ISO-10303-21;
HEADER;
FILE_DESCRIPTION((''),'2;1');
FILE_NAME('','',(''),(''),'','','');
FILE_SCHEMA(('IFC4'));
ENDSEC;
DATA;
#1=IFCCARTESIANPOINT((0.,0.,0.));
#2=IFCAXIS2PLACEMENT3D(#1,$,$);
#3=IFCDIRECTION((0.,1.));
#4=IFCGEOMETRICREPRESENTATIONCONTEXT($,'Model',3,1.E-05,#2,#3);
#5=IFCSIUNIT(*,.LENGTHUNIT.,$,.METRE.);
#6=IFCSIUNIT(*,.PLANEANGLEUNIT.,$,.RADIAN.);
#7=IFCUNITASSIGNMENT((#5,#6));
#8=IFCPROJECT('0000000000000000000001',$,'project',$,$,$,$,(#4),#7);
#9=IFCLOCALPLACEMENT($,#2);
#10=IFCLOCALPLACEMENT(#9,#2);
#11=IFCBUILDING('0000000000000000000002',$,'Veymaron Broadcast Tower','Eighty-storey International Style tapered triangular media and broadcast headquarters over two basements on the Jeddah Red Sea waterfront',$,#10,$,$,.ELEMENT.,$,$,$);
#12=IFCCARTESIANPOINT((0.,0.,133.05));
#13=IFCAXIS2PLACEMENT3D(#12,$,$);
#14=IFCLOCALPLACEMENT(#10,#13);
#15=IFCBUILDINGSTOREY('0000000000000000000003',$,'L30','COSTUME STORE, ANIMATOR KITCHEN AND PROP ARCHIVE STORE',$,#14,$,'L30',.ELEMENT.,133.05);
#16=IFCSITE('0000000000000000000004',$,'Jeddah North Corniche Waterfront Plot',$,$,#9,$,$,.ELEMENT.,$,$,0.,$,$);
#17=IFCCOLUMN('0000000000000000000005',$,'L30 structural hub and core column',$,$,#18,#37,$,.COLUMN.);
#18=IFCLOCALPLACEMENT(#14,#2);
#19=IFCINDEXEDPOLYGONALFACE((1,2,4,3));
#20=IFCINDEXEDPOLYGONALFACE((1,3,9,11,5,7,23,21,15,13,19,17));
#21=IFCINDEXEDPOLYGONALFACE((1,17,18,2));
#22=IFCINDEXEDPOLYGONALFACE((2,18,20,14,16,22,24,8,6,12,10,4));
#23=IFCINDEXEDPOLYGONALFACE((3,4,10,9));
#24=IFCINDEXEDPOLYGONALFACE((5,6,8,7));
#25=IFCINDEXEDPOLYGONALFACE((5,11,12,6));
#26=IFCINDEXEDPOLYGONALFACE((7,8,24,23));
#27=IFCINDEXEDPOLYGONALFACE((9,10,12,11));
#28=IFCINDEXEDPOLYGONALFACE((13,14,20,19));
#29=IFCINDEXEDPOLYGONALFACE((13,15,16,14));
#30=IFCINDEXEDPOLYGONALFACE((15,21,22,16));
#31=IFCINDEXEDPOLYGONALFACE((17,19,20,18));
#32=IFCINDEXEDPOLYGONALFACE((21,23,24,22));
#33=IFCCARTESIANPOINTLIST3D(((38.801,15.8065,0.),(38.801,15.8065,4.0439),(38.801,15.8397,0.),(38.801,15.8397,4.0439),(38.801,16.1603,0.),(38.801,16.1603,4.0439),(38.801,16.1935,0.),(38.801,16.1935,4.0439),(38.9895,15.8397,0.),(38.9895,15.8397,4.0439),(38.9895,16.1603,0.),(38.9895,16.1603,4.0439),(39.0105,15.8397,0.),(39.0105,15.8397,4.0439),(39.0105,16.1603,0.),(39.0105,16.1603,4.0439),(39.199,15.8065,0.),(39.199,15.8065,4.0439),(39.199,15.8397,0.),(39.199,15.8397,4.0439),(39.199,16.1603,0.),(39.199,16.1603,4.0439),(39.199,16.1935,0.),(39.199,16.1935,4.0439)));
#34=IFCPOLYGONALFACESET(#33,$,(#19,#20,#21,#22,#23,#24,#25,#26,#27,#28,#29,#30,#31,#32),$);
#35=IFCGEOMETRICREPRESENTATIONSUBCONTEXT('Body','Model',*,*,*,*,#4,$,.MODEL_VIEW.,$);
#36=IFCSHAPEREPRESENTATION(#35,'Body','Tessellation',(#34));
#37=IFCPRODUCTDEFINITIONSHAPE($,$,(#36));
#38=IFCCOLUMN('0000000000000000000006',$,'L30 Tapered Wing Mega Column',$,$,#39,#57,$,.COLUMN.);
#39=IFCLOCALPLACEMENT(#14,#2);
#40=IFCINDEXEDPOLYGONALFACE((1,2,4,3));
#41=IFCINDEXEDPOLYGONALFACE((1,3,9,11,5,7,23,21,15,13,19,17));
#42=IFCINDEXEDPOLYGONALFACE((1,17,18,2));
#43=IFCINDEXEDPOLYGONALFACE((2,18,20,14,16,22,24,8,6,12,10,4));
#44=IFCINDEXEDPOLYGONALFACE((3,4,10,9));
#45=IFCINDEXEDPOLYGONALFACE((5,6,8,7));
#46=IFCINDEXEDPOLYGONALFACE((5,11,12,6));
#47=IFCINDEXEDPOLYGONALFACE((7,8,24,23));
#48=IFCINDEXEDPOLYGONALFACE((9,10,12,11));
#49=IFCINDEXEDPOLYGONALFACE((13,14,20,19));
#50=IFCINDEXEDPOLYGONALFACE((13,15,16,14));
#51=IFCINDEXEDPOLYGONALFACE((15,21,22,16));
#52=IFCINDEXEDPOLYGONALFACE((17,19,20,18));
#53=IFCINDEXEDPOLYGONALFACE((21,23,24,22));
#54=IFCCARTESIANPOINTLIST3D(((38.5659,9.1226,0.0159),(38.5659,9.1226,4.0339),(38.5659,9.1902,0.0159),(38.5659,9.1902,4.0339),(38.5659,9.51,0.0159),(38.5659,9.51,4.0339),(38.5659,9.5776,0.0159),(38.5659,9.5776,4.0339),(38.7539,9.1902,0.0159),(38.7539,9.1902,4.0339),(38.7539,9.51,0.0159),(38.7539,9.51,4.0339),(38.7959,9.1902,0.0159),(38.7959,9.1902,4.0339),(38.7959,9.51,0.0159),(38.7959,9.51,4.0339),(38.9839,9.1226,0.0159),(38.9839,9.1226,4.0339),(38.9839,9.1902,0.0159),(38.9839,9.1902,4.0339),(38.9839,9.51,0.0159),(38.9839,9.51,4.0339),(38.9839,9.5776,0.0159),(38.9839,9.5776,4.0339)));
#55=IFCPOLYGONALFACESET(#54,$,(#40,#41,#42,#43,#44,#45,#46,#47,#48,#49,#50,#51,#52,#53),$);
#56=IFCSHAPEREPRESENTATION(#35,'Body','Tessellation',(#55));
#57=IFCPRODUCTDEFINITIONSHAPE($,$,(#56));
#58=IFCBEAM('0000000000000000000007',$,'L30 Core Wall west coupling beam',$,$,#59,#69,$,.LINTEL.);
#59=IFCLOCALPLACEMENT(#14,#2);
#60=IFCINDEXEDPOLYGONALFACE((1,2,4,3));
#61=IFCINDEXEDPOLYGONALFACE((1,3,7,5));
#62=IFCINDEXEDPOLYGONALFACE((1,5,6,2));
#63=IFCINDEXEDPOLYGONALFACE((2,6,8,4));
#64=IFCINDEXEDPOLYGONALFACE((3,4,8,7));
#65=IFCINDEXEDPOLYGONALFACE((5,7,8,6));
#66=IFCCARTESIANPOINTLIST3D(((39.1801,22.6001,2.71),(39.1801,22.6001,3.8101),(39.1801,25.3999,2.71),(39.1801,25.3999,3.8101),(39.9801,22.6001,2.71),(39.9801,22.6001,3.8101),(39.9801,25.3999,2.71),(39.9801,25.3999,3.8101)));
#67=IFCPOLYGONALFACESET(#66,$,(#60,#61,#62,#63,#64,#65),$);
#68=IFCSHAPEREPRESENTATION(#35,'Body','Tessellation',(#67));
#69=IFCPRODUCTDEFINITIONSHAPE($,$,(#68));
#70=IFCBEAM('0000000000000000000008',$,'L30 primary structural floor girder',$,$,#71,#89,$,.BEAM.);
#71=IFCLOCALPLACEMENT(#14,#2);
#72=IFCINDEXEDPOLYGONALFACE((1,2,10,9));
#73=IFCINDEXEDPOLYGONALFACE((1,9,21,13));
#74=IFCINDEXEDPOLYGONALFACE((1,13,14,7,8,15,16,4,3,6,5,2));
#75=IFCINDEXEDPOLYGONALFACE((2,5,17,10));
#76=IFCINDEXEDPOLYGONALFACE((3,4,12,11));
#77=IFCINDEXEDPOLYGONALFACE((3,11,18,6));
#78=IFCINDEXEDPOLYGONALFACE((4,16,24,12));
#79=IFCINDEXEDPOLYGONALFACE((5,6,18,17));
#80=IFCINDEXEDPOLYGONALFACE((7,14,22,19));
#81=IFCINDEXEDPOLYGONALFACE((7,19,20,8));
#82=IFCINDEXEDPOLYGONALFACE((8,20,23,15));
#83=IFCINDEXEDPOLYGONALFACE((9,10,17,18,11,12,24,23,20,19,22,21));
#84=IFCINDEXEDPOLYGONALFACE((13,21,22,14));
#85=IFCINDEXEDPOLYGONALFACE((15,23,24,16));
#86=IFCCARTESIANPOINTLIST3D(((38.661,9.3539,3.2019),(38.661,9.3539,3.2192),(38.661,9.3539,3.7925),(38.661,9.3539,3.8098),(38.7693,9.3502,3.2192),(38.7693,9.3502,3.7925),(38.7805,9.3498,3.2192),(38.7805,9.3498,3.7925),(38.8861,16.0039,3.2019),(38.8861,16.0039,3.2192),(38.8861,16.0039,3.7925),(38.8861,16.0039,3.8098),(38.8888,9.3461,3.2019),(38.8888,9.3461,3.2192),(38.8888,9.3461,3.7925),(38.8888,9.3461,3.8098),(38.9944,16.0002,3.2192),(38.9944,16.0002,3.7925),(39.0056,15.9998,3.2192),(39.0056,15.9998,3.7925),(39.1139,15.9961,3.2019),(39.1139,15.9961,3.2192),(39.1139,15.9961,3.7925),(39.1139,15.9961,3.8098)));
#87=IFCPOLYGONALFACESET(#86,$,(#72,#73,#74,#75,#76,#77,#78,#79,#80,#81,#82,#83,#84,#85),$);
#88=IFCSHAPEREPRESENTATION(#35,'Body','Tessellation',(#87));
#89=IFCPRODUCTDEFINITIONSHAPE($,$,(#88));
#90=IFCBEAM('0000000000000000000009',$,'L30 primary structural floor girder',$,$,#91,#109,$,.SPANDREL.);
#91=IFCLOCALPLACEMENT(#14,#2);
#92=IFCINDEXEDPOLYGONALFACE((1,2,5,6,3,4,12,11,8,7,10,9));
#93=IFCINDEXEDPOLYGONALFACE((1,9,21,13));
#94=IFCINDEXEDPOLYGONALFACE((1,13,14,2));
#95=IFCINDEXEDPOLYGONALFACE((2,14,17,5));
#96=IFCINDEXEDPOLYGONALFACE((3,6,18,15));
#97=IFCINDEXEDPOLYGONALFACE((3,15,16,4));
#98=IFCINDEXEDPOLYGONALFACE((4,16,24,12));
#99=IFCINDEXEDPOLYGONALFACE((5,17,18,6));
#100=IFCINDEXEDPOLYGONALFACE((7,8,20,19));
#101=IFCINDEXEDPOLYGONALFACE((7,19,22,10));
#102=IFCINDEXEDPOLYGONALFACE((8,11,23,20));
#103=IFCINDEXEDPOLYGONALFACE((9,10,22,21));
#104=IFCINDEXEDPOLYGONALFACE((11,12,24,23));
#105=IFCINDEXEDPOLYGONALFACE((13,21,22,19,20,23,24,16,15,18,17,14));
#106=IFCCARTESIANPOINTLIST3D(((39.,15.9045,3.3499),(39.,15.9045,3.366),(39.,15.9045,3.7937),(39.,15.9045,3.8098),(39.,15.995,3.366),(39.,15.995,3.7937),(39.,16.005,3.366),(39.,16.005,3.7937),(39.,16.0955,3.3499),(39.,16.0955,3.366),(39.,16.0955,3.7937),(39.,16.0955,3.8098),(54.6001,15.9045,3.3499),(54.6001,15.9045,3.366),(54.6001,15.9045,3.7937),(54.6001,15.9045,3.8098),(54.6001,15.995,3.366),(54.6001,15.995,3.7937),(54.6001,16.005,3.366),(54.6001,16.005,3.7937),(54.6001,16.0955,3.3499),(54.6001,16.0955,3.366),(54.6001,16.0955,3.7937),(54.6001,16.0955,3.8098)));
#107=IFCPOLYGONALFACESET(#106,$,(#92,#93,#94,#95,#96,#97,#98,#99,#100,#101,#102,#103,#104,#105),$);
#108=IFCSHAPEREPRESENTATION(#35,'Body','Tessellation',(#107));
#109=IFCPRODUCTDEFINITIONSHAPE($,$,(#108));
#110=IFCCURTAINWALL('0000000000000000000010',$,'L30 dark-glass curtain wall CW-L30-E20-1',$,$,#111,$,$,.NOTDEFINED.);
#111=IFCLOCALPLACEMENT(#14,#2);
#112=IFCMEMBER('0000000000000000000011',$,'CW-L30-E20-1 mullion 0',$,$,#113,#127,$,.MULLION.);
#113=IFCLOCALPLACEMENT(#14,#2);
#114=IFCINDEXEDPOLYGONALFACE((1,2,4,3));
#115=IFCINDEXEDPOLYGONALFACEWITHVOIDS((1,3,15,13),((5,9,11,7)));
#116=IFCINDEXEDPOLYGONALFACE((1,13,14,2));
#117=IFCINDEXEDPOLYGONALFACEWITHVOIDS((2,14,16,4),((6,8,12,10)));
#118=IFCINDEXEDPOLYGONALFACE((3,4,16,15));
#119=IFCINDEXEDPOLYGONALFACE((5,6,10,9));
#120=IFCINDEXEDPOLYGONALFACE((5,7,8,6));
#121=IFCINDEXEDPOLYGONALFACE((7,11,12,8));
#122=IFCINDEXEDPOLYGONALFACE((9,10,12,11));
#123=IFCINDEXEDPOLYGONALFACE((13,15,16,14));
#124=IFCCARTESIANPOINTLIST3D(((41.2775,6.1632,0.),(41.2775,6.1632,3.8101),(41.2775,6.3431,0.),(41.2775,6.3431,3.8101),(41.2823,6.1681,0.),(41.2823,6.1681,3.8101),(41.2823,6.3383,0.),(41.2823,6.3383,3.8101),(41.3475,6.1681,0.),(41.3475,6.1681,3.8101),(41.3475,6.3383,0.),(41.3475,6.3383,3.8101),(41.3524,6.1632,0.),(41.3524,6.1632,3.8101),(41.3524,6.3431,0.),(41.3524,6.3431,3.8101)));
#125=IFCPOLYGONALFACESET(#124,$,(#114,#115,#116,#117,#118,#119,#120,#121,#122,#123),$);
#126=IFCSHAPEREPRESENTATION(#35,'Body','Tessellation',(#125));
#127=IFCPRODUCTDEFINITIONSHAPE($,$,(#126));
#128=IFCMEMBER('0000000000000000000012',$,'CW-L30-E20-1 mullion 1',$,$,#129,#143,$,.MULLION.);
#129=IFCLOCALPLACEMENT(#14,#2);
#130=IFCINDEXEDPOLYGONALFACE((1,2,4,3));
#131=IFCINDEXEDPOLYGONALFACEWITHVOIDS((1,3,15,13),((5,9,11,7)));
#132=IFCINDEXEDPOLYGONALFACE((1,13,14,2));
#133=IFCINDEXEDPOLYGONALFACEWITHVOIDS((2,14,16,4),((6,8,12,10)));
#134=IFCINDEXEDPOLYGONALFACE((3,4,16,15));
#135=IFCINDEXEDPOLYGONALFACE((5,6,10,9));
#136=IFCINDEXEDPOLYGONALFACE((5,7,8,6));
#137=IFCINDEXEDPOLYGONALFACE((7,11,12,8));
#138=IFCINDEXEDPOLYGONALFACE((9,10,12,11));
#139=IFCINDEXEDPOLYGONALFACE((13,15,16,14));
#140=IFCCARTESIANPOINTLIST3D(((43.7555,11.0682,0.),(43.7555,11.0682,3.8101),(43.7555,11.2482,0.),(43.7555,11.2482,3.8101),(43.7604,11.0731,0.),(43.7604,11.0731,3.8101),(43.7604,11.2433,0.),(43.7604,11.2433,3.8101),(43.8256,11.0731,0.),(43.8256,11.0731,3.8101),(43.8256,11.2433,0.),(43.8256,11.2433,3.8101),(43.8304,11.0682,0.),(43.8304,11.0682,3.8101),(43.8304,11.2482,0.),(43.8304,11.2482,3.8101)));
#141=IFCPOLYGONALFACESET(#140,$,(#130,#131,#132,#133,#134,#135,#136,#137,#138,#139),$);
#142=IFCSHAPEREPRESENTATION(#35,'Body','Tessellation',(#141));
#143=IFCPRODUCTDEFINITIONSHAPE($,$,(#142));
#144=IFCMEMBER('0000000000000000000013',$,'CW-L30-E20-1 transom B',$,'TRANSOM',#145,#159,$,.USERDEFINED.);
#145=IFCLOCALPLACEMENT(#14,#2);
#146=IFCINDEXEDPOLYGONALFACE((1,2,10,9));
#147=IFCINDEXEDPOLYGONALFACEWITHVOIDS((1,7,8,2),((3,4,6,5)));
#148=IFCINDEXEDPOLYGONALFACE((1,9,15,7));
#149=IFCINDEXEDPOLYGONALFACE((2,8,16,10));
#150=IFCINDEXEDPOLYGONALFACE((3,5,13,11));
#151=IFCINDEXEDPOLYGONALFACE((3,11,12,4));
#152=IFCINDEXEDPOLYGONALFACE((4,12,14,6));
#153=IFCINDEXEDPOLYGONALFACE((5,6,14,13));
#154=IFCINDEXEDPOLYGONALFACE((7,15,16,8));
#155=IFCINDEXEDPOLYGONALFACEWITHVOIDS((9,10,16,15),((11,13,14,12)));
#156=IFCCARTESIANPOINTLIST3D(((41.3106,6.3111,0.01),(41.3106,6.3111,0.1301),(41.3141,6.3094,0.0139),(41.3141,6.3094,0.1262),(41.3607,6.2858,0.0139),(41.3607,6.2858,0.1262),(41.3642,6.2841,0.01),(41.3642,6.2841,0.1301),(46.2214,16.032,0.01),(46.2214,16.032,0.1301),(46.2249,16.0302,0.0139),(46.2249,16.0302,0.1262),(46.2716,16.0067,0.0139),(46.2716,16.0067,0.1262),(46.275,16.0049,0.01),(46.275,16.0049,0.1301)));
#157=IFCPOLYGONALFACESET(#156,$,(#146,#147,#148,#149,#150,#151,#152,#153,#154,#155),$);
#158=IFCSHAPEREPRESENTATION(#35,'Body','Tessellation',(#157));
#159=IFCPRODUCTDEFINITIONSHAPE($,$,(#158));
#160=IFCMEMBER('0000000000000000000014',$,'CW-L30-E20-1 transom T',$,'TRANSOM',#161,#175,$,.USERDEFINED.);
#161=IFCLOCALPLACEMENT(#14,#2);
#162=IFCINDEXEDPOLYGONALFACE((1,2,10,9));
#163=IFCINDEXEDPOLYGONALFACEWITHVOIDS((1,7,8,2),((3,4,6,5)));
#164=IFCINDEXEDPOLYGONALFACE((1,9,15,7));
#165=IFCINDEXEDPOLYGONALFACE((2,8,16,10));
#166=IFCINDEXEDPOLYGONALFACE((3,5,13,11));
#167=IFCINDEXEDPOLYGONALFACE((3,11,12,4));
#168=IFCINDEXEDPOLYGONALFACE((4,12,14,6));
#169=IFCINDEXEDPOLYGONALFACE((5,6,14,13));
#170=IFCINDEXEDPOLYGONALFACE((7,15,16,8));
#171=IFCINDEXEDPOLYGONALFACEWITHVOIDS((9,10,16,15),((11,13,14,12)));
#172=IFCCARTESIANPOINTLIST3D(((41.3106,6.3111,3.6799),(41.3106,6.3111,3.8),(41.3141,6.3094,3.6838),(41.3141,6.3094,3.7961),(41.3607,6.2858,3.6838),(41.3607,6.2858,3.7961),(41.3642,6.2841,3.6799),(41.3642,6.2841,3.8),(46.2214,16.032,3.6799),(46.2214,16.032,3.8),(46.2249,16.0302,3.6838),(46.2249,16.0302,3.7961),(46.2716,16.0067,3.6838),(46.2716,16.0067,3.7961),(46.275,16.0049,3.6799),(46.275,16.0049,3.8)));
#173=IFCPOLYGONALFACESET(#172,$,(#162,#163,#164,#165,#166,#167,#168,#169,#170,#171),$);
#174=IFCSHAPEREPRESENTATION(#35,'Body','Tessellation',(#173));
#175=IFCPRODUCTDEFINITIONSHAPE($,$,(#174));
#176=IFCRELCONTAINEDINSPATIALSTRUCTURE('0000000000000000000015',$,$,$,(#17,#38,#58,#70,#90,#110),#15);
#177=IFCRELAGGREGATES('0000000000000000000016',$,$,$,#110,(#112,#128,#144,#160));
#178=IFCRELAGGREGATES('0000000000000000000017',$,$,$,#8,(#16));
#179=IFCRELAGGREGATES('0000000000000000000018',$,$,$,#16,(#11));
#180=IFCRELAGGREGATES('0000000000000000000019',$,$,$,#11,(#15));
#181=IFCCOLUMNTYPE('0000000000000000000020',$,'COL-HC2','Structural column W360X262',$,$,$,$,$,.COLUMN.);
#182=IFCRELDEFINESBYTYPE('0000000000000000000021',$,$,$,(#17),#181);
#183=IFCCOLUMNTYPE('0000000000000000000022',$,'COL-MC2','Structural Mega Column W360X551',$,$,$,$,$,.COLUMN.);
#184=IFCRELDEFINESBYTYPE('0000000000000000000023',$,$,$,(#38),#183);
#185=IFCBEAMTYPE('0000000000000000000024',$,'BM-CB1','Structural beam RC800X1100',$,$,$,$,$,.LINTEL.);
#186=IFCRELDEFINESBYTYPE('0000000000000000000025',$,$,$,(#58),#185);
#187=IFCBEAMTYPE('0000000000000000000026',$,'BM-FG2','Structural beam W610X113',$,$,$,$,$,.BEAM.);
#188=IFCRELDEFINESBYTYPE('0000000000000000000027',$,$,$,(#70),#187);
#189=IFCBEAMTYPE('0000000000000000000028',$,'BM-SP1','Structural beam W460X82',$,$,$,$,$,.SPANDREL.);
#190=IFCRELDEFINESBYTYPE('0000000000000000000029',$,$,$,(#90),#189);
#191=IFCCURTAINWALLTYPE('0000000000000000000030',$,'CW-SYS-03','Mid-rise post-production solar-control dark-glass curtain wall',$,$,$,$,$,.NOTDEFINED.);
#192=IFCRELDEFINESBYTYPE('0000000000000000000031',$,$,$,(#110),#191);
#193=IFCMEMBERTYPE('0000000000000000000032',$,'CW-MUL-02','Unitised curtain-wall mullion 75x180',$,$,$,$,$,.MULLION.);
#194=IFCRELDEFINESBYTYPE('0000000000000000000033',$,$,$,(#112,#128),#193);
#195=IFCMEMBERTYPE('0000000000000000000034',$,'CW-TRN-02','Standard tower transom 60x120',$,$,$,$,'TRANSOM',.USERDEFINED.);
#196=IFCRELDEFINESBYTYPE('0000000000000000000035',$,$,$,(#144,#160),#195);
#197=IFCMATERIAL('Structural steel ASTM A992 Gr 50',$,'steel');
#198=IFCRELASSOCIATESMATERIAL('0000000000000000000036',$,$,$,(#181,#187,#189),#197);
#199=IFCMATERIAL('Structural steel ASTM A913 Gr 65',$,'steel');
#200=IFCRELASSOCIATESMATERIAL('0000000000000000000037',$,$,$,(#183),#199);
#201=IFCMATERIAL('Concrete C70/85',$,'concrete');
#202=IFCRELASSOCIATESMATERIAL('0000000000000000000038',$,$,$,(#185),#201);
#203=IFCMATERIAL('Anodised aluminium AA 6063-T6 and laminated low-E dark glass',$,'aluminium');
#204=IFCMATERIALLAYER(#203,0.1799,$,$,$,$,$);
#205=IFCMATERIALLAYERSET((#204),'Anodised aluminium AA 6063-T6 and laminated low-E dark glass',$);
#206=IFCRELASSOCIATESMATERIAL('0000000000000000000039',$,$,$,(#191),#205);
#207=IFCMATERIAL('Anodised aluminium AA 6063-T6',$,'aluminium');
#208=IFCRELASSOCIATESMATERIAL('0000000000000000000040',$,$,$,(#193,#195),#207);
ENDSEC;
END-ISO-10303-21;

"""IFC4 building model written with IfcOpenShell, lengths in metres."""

from ifc_helpers import new_model, si_unit, direction, frame, origin, origin_2d, place, context, subcontext, project, spatial, rectangle, hollow_rectangle, i_section, extrude, material, layer, layer_set, material_profile, profile_set, type_object, element, aggregate, save


model = new_model("IFC4")

# Units and contexts
model_context = context("Model", 3, precision=1e-05, world=origin(), true_north=direction((0.0, 1.0)))
body_context = subcontext(model_context, "Body", "Model", "MODEL_VIEW")
ifc_project = project(units=[si_unit("LENGTHUNIT", "METRE"), si_unit("PLANEANGLEUNIT", "RADIAN")], contexts=[model_context])

# Site, building, storey
site_placement = place(None, origin())
site = spatial("IfcSite", under=ifc_project, at=site_placement, Name="Jeddah North Corniche Waterfront Plot", CompositionType="ELEMENT", RefElevation=0.0)
building_placement = place(site_placement, origin())
building = spatial("IfcBuilding", under=site, at=building_placement, Name="Veymaron Broadcast Tower", Description="Eighty-storey International Style tapered triangular media and broadcast headquarters over two basements on the Jeddah Red Sea waterfront", CompositionType="ELEMENT")
storey_placement = place(building_placement, frame((0.0, 0.0, 133.05)))
storey = spatial("IfcBuildingStorey", under=building, at=storey_placement, Name="L30", Description="COSTUME STORE, ANIMATOR KITCHEN AND PROP ARCHIVE STORE", LongName="L30", CompositionType="ELEMENT", Elevation=133.05)

# Columns
ifc_material_1 = material(Name="Structural steel ASTM A992 Gr 50", Category="steel")
ifc_material_profile_1 = material_profile(ifc_material_1, i_section(OverallWidth=0.3979, OverallDepth=0.387, WebThickness=0.021, FlangeThickness=0.0332, at=origin_2d()), Name="W360X262")
ifc_profile_set_1 = profile_set([ifc_material_profile_1], Name="Structural steel ASTM A992 Gr 50")
column_type_1 = type_object("IfcColumnType", Name="COL-HC2", Description="Structural column W360X262", PredefinedType="COLUMN", material=ifc_profile_set_1)
column_1_placement = place(storey_placement, frame((39.0, 16.0, 0.0), z_axis=(0.0, 0.0, 1.0), x_axis=(1.0, 0.0, 0.0)))
element("IfcColumn", 1, at=column_1_placement, inside=storey, type_object=column_type_1, Name="L30 structural hub and core column", PredefinedType="COLUMN", context=body_context, shape_type="SweptSolid", body=[
    extrude(i_section(OverallWidth=0.3979, OverallDepth=0.387, WebThickness=0.021, FlangeThickness=0.0332, at=origin_2d()), origin(), (0.0, 0.0, 1.0), 4.0439),
])
ifc_material_2 = material(Name="Structural steel ASTM A913 Gr 65", Category="steel")
ifc_material_profile_2 = material_profile(ifc_material_2, i_section(OverallWidth=0.418, OverallDepth=0.4551, WebThickness=0.042, FlangeThickness=0.0676, at=origin_2d()), Name="W360X551")
ifc_profile_set_2 = profile_set([ifc_material_profile_2], Name="Structural steel ASTM A913 Gr 65")
column_type_2 = type_object("IfcColumnType", Name="COL-MC2", Description="Structural Mega Column W360X551", PredefinedType="COLUMN", material=ifc_profile_set_2)
column_2_placement = place(storey_placement, frame((38.7749, 9.3501, 0.0159), z_axis=(0.0, 0.0, 1.0), x_axis=(1.0, 0.0, 0.0)))
element("IfcColumn", 2, at=column_2_placement, inside=storey, type_object=column_type_2, Name="L30 Tapered Wing Mega Column", PredefinedType="COLUMN", context=body_context, shape_type="SweptSolid", body=[
    extrude(i_section(OverallWidth=0.418, OverallDepth=0.4551, WebThickness=0.042, FlangeThickness=0.0676, at=origin_2d()), origin(), (0.0, 0.0, 1.0), 4.0181),
])

# Beams
ifc_material_3 = material(Name="Concrete C70/85", Category="concrete")
ifc_material_profile_3 = material_profile(ifc_material_3, rectangle(XDim=0.8, YDim=1.1001, at=origin_2d()), Name="RC800X1100")
ifc_profile_set_3 = profile_set([ifc_material_profile_3], Name="Concrete C70/85")
beam_type_1 = type_object("IfcBeamType", Name="BM-CB1", Description="Structural beam RC800X1100", PredefinedType="LINTEL", material=ifc_profile_set_3)
beam_1_placement = place(storey_placement, frame((39.5801, 22.6001, 3.26), z_axis=(0.0, 1.0, 0.0), x_axis=(-1.0, 0.0, 0.0)))
element("IfcBeam", 3, at=beam_1_placement, inside=storey, type_object=beam_type_1, Name="L30 Core Wall west coupling beam", PredefinedType="LINTEL", context=body_context, shape_type="SweptSolid", body=[
    extrude(rectangle(XDim=0.8, YDim=1.1001, at=origin_2d()), origin(), (0.0, 0.0, 1.0), 2.7998),
])
ifc_material_profile_4 = material_profile(ifc_material_1, i_section(OverallWidth=0.228, OverallDepth=0.6079, WebThickness=0.0112, FlangeThickness=0.0173, at=origin_2d()), Name="W610X113")
ifc_profile_set_4 = profile_set([ifc_material_profile_4], Name="Structural steel ASTM A992 Gr 50")
beam_type_2 = type_object("IfcBeamType", Name="BM-FG2", Description="Structural beam W610X113", PredefinedType="BEAM", material=ifc_profile_set_4)
beam_2_placement = place(storey_placement, frame((39.0, 16.0, 3.5059), z_axis=(-0.03383, -0.999428, 0.0), x_axis=(0.999428, -0.03383, 0.0)))
element("IfcBeam", 4, at=beam_2_placement, inside=storey, type_object=beam_type_2, Name="L30 primary structural floor girder", PredefinedType="BEAM", context=body_context, shape_type="SweptSolid", body=[
    extrude(i_section(OverallWidth=0.228, OverallDepth=0.6079, WebThickness=0.0112, FlangeThickness=0.0173, at=origin_2d()), origin(), (0.0, 0.0, 1.0), 6.6538),
])
ifc_material_profile_5 = material_profile(ifc_material_1, i_section(OverallWidth=0.1909, OverallDepth=0.46, WebThickness=0.01, FlangeThickness=0.0161, at=origin_2d()), Name="W460X82")
ifc_profile_set_5 = profile_set([ifc_material_profile_5], Name="Structural steel ASTM A992 Gr 50")
beam_type_3 = type_object("IfcBeamType", Name="BM-SP1", Description="Structural beam W460X82", PredefinedType="SPANDREL", material=ifc_profile_set_5)
beam_3_placement = place(storey_placement, frame((39.0, 16.0, 3.5798), z_axis=(1.0, 0.0, 0.0), x_axis=(0.0, 1.0, 0.0)))
element("IfcBeam", 5, at=beam_3_placement, inside=storey, type_object=beam_type_3, Name="L30 primary structural floor girder", PredefinedType="SPANDREL", context=body_context, shape_type="SweptSolid", body=[
    extrude(i_section(OverallWidth=0.1909, OverallDepth=0.46, WebThickness=0.01, FlangeThickness=0.0161, at=origin_2d()), origin(), (0.0, 0.0, 1.0), 15.6001),
])

# Curtain wall, members
ifc_material_4 = material(Name="Anodised aluminium AA 6063-T6 and laminated low-E dark glass", Category="aluminium")
ifc_layer_1 = layer(ifc_material_4, 0.1799)
ifc_layer_set_1 = layer_set([ifc_layer_1], Name="Anodised aluminium AA 6063-T6 and laminated low-E dark glass")
curtain_wall_type = type_object("IfcCurtainWallType", Name="CW-SYS-03", Description="Mid-rise post-production solar-control dark-glass curtain wall", PredefinedType="NOTDEFINED", material=ifc_layer_set_1)
curtain_wall_placement = place(storey_placement, origin())
curtain_wall = element("IfcCurtainWall", 6, at=curtain_wall_placement, inside=storey, type_object=curtain_wall_type, Name="L30 dark-glass curtain wall CW-L30-E20-1", PredefinedType="NOTDEFINED")
ifc_material_5 = material(Name="Anodised aluminium AA 6063-T6", Category="aluminium")
ifc_material_profile_6 = material_profile(ifc_material_5, hollow_rectangle(XDim=0.075, YDim=0.1799, WallThickness=0.0049, at=origin_2d()), Name="AL180X75X5")
ifc_profile_set_6 = profile_set([ifc_material_profile_6], Name="Anodised aluminium AA 6063-T6")
member_type_1 = type_object("IfcMemberType", Name="CW-MUL-02", Description="Unitised curtain-wall mullion 75x180", PredefinedType="MULLION", material=ifc_profile_set_6)
member_1_placement = place(storey_placement, frame((41.3149, 6.2532, 0.0), z_axis=(0.0, 0.0, 1.0), x_axis=(1.0, 0.0, 0.0)))
member_1 = element("IfcMember", 7, at=member_1_placement, type_object=member_type_1, Name="CW-L30-E20-1 mullion 0", PredefinedType="MULLION", context=body_context, shape_type="SweptSolid", body=[
    extrude(hollow_rectangle(XDim=0.075, YDim=0.1799, WallThickness=0.0049, at=origin_2d()), origin(), (0.0, 0.0, 1.0), 3.8101),
])
member_2_placement = place(storey_placement, frame((43.793, 11.1582, 0.0), z_axis=(0.0, 0.0, 1.0), x_axis=(1.0, 0.0, 0.0)))
member_2 = element("IfcMember", 8, at=member_2_placement, type_object=member_type_1, Name="CW-L30-E20-1 mullion 1", PredefinedType="MULLION", context=body_context, shape_type="SweptSolid", body=[
    extrude(hollow_rectangle(XDim=0.075, YDim=0.1799, WallThickness=0.0049, at=origin_2d()), origin(), (0.0, 0.0, 1.0), 3.8101),
])
ifc_material_profile_7 = material_profile(ifc_material_5, hollow_rectangle(XDim=0.0601, YDim=0.1201, WallThickness=0.0039, at=origin_2d()), Name="AL120X60X4")
ifc_profile_set_7 = profile_set([ifc_material_profile_7], Name="Anodised aluminium AA 6063-T6")
member_type_2 = type_object("IfcMemberType", Name="CW-TRN-02", Description="Standard tower transom 60x120", ElementType="TRANSOM", PredefinedType="USERDEFINED", material=ifc_profile_set_7)
member_3_placement = place(storey_placement, frame((41.3374, 6.2976, 0.0701), z_axis=(0.450913, 0.892568, 0.0), x_axis=(-0.892568, 0.450913, 0.0)))
member_3 = element("IfcMember", 9, at=member_3_placement, type_object=member_type_2, Name="CW-L30-E20-1 transom B", ObjectType="TRANSOM", PredefinedType="USERDEFINED", context=body_context, shape_type="SweptSolid", body=[
    extrude(hollow_rectangle(XDim=0.0601, YDim=0.1201, WallThickness=0.0039, at=origin_2d()), origin(), (0.0, 0.0, 1.0), 10.8909),
])
member_4_placement = place(storey_placement, frame((41.3374, 6.2976, 3.74), z_axis=(0.450913, 0.892568, 0.0), x_axis=(-0.892568, 0.450913, 0.0)))
member_4 = element("IfcMember", 10, at=member_4_placement, type_object=member_type_2, Name="CW-L30-E20-1 transom T", ObjectType="TRANSOM", PredefinedType="USERDEFINED", context=body_context, shape_type="SweptSolid", body=[
    extrude(hollow_rectangle(XDim=0.0601, YDim=0.1201, WallThickness=0.0039, at=origin_2d()), origin(), (0.0, 0.0, 1.0), 10.8909),
])
aggregate(curtain_wall, [member_1, member_2, member_3, member_4])

save(model, "model.ifc")
